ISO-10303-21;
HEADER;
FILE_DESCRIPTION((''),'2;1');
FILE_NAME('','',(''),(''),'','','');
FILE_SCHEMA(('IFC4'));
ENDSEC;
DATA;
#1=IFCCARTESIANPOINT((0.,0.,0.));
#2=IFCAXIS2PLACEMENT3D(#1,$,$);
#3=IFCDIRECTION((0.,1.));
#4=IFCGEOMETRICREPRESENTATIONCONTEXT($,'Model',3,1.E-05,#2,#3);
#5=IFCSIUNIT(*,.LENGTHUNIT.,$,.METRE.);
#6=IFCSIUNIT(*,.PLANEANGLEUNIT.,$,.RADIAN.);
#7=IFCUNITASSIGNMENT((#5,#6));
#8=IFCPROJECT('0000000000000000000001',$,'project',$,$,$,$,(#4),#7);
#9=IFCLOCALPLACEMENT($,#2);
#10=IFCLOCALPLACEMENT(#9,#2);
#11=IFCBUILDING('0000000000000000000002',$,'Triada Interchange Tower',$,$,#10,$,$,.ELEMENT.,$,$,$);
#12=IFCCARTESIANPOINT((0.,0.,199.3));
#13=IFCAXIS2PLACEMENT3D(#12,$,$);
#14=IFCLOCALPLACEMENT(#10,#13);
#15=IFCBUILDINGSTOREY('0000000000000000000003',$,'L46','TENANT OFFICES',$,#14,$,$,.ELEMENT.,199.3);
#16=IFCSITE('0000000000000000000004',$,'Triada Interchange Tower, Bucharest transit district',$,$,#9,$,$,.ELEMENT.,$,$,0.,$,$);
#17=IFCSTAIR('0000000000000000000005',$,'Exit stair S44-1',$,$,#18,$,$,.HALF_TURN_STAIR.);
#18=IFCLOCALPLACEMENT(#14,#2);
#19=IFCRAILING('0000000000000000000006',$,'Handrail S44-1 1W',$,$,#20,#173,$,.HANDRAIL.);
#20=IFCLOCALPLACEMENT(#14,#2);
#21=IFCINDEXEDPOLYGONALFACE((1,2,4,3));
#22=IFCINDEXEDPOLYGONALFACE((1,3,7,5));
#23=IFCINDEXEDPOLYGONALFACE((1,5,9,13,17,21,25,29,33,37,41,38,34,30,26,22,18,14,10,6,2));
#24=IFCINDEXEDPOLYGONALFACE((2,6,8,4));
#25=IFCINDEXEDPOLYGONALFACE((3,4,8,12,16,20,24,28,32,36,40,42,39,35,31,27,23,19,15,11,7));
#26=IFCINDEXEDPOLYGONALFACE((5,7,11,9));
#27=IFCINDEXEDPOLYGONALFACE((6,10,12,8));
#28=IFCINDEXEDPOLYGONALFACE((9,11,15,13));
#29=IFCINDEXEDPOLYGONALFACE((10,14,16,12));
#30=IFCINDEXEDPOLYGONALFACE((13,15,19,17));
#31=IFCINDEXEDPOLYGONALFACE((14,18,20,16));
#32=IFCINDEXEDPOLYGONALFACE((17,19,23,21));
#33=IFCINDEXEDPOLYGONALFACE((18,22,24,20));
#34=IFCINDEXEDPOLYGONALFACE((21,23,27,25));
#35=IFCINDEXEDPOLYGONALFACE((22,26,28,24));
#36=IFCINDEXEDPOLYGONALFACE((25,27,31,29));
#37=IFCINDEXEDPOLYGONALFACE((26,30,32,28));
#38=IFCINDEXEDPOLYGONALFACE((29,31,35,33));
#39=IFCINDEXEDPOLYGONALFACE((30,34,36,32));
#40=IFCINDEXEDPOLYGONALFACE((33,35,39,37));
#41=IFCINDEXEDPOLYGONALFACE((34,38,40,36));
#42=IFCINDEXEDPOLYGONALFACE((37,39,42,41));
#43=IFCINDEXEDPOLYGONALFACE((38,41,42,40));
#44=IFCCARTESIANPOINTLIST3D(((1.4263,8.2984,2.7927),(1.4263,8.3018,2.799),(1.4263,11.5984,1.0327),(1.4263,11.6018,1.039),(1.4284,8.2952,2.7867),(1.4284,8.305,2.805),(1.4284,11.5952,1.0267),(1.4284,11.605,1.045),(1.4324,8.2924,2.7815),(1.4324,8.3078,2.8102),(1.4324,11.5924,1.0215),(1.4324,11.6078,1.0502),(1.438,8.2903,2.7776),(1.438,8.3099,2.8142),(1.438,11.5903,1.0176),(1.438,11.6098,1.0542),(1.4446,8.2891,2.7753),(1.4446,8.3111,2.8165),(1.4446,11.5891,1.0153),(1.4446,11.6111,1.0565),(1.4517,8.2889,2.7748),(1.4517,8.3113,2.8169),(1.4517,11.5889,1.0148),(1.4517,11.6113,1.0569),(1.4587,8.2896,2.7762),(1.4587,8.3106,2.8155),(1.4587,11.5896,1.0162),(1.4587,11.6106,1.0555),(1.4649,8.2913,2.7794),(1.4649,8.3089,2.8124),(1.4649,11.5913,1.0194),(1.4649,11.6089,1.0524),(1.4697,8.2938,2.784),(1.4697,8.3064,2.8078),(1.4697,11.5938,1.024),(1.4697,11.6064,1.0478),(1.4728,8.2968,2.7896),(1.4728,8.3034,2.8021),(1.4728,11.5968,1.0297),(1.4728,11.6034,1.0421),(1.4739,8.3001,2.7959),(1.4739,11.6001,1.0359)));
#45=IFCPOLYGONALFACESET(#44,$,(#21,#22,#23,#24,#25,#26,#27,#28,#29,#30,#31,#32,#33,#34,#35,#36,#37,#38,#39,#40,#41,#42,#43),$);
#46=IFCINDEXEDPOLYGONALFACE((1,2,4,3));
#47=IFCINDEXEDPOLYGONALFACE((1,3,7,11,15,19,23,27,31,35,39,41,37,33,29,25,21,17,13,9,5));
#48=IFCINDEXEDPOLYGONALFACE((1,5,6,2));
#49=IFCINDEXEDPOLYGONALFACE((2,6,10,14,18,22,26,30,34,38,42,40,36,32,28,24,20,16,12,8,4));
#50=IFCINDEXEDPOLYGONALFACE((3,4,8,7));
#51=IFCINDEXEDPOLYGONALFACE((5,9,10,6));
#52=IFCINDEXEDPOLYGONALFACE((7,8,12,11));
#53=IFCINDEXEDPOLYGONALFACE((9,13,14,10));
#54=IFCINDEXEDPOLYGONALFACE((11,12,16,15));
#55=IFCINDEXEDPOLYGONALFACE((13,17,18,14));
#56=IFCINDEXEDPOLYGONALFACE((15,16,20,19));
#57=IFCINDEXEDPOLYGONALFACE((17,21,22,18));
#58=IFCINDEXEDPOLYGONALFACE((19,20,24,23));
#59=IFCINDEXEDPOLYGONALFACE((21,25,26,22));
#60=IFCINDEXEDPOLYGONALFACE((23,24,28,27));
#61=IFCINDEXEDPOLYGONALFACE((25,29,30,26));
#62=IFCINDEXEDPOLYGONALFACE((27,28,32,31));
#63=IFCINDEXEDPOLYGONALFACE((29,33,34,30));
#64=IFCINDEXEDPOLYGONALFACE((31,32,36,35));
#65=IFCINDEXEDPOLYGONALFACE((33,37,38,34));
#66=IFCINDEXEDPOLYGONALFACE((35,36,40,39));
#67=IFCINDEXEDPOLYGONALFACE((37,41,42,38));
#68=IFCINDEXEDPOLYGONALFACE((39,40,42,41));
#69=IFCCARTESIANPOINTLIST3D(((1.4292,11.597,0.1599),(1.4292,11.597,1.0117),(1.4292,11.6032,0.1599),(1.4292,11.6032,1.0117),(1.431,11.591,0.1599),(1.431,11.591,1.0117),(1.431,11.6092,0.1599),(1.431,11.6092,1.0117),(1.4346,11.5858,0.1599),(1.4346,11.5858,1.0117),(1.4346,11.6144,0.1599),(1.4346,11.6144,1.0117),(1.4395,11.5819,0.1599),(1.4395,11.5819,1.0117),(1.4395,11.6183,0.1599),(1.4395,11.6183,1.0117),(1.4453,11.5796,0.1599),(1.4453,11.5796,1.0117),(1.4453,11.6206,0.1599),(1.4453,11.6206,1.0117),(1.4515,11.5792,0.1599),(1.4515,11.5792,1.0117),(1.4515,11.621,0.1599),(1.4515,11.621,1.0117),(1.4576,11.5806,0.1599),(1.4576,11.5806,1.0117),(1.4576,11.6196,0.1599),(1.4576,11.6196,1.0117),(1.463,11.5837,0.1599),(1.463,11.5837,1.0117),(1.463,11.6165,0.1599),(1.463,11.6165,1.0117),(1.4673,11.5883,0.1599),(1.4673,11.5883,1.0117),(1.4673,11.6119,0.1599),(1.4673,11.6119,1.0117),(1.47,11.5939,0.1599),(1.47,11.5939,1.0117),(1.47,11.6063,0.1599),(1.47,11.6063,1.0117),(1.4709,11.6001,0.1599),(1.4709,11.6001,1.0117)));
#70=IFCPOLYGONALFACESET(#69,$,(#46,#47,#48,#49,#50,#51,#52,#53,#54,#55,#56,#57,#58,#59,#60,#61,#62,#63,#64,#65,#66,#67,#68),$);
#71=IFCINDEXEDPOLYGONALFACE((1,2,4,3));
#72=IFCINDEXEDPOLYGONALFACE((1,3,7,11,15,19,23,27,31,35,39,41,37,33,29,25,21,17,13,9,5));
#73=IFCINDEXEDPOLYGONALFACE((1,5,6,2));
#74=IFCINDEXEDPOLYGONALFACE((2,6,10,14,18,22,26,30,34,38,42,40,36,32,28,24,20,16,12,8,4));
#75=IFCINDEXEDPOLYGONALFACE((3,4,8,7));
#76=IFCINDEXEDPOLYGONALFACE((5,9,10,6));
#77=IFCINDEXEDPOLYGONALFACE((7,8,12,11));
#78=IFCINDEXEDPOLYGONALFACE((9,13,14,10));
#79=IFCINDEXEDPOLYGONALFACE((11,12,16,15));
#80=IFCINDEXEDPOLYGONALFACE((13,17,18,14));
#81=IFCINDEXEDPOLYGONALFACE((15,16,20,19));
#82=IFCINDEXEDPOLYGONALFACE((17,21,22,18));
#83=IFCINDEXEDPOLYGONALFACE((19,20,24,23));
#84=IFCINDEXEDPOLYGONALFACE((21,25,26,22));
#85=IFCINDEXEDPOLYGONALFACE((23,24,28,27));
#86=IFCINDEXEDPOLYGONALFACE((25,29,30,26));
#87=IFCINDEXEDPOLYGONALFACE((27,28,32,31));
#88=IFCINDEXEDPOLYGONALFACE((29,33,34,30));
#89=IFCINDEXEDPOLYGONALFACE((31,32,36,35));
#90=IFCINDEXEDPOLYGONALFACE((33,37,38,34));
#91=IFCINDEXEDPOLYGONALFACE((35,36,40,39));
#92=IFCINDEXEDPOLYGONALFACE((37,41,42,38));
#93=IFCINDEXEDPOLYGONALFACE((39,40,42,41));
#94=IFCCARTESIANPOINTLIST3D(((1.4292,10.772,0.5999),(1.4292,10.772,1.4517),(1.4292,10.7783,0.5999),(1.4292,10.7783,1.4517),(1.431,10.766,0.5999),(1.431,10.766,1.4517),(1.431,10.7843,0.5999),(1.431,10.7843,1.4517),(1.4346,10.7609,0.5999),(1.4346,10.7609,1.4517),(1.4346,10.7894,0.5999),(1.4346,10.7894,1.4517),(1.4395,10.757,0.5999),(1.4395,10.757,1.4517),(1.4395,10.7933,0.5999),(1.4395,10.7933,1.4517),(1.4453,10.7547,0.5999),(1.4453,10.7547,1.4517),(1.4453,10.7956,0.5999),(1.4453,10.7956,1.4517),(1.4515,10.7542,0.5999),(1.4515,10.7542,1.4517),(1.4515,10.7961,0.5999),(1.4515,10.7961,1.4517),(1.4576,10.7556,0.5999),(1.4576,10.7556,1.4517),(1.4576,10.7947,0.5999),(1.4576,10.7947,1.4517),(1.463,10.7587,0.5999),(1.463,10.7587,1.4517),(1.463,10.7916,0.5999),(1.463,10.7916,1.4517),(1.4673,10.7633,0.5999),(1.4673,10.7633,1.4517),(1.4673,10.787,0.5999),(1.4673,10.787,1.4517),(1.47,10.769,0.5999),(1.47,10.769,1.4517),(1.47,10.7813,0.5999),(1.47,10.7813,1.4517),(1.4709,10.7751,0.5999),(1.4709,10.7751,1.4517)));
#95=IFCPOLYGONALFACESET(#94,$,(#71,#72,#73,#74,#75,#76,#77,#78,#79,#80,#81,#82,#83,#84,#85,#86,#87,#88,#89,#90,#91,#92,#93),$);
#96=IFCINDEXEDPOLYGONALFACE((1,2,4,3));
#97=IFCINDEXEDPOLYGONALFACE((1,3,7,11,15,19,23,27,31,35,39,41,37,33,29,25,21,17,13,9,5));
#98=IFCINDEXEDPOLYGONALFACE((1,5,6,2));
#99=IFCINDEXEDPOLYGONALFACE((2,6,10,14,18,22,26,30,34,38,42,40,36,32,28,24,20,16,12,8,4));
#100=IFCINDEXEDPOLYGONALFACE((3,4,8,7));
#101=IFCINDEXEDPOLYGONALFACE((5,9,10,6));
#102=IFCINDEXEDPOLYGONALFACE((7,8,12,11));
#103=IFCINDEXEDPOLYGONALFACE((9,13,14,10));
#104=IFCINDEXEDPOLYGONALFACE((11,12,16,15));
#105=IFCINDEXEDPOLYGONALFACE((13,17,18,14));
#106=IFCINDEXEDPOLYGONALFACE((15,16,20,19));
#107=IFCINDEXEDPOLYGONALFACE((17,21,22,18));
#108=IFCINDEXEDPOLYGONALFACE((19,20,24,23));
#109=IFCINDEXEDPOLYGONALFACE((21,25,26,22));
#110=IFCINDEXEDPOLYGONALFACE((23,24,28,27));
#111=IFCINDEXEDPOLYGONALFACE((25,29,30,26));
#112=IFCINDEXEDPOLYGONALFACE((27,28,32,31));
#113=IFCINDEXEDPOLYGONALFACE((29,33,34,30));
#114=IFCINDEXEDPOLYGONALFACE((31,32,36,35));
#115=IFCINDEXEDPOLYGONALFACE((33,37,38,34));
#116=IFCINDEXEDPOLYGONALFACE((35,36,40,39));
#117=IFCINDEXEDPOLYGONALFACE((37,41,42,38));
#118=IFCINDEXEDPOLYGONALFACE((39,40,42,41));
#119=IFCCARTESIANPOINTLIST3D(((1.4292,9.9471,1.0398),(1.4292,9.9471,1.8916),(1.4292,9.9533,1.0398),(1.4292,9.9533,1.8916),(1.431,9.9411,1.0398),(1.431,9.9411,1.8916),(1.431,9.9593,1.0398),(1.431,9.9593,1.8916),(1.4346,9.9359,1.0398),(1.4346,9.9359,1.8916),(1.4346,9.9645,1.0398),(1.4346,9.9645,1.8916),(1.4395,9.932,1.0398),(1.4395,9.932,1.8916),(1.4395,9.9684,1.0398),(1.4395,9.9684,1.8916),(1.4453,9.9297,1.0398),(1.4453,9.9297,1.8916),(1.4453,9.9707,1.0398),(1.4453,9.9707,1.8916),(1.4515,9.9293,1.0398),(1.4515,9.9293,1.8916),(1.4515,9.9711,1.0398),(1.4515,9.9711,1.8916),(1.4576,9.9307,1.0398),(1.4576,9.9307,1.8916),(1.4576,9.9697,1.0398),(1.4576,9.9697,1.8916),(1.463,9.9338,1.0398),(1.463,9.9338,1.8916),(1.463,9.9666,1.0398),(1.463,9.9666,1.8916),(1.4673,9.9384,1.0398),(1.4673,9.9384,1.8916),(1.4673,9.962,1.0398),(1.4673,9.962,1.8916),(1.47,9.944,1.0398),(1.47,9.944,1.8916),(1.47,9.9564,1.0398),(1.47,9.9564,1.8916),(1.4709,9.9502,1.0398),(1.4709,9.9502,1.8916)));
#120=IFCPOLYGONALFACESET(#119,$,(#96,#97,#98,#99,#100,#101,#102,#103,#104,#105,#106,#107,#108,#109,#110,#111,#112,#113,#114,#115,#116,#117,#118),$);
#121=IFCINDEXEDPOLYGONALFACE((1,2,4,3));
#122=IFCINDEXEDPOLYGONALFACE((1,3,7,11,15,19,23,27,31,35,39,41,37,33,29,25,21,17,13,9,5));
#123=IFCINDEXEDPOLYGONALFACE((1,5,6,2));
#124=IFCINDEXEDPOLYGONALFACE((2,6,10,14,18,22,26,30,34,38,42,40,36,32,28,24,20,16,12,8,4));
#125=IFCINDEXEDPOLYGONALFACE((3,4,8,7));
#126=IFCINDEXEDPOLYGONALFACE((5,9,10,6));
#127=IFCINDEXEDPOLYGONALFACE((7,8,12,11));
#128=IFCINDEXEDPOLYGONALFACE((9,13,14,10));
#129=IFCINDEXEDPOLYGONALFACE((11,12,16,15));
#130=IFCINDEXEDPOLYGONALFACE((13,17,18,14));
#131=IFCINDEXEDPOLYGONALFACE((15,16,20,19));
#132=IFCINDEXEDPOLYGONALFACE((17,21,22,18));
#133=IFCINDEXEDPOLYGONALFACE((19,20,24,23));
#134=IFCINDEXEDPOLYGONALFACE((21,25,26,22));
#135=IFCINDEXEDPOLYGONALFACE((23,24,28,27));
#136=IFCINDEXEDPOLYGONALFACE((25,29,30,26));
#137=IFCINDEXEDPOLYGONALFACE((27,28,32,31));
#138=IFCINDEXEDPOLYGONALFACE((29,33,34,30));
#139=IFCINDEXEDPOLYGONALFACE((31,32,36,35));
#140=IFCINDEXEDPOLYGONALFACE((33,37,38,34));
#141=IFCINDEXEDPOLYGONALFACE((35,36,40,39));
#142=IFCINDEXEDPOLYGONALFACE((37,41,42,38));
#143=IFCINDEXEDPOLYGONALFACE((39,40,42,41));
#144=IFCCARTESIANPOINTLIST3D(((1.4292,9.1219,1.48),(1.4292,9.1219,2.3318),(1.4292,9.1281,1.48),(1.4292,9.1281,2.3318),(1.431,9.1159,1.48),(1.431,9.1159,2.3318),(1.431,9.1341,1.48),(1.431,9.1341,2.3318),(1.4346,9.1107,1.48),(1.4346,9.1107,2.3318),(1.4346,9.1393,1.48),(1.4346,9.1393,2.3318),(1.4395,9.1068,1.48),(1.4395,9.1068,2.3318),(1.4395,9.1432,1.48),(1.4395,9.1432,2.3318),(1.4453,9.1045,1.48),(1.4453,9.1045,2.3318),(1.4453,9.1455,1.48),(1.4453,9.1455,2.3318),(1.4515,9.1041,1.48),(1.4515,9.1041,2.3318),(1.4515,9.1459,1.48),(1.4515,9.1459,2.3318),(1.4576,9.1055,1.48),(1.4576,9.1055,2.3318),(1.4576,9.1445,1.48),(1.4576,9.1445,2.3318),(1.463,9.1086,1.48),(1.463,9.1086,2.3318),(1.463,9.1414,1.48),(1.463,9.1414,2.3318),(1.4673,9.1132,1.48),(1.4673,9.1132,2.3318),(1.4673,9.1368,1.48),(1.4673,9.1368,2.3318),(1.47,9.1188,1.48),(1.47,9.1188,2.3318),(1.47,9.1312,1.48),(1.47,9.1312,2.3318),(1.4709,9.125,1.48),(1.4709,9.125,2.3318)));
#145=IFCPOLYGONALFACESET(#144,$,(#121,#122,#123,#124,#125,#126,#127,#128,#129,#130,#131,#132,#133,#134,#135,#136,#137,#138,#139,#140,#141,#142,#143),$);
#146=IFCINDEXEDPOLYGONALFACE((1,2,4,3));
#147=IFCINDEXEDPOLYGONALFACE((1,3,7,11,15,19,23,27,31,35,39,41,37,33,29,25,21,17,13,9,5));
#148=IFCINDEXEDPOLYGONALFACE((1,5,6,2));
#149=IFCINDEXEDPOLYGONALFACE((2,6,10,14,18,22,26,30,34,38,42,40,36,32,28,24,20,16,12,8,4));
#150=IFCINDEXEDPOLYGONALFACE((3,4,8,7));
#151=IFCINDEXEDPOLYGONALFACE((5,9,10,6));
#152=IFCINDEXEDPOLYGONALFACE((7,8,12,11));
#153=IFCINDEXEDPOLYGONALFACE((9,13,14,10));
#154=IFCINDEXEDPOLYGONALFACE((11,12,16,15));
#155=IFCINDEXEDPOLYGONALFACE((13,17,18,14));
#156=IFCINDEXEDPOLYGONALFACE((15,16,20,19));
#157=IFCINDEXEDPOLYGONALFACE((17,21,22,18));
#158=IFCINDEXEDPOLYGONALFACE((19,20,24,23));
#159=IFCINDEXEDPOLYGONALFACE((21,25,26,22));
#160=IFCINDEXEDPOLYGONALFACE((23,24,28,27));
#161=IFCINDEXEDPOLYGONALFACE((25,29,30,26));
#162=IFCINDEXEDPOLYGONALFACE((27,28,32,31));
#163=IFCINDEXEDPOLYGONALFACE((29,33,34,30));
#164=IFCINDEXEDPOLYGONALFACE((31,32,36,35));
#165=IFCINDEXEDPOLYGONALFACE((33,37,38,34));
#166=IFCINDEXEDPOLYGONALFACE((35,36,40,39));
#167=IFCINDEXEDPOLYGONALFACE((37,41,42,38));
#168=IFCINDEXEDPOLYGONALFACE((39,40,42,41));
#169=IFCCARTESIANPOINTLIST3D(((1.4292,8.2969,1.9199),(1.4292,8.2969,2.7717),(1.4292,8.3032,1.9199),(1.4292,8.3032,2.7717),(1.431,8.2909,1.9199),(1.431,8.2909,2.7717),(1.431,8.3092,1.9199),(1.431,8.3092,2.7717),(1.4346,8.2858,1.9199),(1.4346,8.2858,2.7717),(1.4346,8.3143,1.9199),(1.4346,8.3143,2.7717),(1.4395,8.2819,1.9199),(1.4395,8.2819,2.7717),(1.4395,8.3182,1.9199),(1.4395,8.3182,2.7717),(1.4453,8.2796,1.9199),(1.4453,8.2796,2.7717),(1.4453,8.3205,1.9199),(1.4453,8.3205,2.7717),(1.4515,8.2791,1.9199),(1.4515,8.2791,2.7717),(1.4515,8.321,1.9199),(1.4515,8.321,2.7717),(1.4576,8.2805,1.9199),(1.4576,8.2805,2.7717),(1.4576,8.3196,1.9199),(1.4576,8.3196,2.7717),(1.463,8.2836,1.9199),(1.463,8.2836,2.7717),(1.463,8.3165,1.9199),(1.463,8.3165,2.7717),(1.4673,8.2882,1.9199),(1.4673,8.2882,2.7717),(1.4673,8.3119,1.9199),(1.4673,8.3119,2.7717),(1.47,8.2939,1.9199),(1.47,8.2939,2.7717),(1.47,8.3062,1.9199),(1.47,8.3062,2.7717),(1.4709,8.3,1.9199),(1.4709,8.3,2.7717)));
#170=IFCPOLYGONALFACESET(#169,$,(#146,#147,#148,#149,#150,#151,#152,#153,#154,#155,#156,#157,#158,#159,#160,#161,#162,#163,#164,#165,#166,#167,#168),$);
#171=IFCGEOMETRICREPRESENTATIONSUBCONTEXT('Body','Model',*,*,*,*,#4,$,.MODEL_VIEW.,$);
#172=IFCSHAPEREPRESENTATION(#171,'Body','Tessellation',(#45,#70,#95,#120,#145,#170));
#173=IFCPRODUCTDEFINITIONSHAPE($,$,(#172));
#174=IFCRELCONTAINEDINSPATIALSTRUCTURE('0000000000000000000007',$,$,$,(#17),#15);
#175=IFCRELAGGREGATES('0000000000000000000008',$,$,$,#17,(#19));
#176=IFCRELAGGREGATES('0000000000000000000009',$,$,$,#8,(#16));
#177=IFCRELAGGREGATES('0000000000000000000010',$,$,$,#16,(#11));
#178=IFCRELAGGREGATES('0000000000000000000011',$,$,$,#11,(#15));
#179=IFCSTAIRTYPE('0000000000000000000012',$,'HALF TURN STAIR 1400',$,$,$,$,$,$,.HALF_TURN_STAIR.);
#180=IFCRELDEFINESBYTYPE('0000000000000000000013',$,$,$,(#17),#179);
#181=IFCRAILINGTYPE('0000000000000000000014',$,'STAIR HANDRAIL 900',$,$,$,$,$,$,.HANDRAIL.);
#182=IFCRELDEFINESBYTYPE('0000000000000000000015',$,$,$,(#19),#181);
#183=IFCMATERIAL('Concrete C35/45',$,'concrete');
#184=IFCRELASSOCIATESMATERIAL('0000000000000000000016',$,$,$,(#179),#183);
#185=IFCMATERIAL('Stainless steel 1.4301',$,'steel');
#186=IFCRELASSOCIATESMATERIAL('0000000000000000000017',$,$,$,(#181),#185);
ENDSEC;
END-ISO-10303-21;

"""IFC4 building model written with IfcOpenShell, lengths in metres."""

from ifc_helpers import new_model, si_unit, direction, frame, origin, origin_2d, place, context, subcontext, project, spatial, circle, extrude, material, type_object, element, aggregate, save


model = new_model("IFC4")

# Units and contexts
model_context = context("Model", 3, precision=1e-05, world=origin(), true_north=direction((0.0, 1.0)))
body_context = subcontext(model_context, "Body", "Model", "MODEL_VIEW")
ifc_project = project(units=[si_unit("LENGTHUNIT", "METRE"), si_unit("PLANEANGLEUNIT", "RADIAN")], contexts=[model_context])

# Site, building, storey
site_placement = place(None, origin())
site = spatial("IfcSite", under=ifc_project, at=site_placement, Name="Triada Interchange Tower, Bucharest transit district", CompositionType="ELEMENT", RefElevation=0.0)
building_placement = place(site_placement, origin())
building = spatial("IfcBuilding", under=site, at=building_placement, Name="Triada Interchange Tower", CompositionType="ELEMENT")
storey_placement = place(building_placement, frame((0.0, 0.0, 199.3)))
storey = spatial("IfcBuildingStorey", under=building, at=storey_placement, Name="L46", Description="TENANT OFFICES", CompositionType="ELEMENT", Elevation=199.3)

# Stair
ifc_material_1 = material(Name="Concrete C35/45", Category="concrete")
stair_type = type_object("IfcStairType", Name="HALF TURN STAIR 1400", PredefinedType="HALF_TURN_STAIR", material=ifc_material_1)
stair_placement = place(storey_placement, origin())
stair = element("IfcStair", 1, at=stair_placement, inside=storey, type_object=stair_type, Name="Exit stair S44-1", PredefinedType="HALF_TURN_STAIR")

# Railing
ifc_material_2 = material(Name="Stainless steel 1.4301", Category="steel")
railing_type = type_object("IfcRailingType", Name="STAIR HANDRAIL 900", PredefinedType="HANDRAIL", material=ifc_material_2)
railing_1_placement = place(storey_placement, frame((1.45, 11.6001, 0.1599)))
railing_1 = element("IfcRailing", 2, at=railing_1_placement, type_object=railing_type, Name="Handrail S44-1 1W", PredefinedType="HANDRAIL", context=body_context, shape_type="SweptSolid", body=[
    extrude(circle(Radius=0.0239, at=origin_2d()), frame((0.0, 0.0, 0.876), z_axis=(0.0, -0.882355, 0.470585), x_axis=(1.0, 0.0, 0.0)), (0.0, 0.0, 1.0), 3.74),
    extrude(circle(Radius=0.021, at=origin_2d()), origin(), (0.0, 0.0, 1.0), 0.8518),
    extrude(circle(Radius=0.021, at=origin_2d()), frame((0.0, -0.825, 0.4399)), (0.0, 0.0, 1.0), 0.8518),
    extrude(circle(Radius=0.021, at=origin_2d()), frame((0.0, -1.6499, 0.8799)), (0.0, 0.0, 1.0), 0.8518),
    extrude(circle(Radius=0.021, at=origin_2d()), frame((0.0, -2.4751, 1.3201)), (0.0, 0.0, 1.0), 0.8518),
    extrude(circle(Radius=0.021, at=origin_2d()), frame((0.0, -3.3, 1.76)), (0.0, 0.0, 1.0), 0.8518),
])
aggregate(stair, [railing_1])

save(model, "model.ifc")
